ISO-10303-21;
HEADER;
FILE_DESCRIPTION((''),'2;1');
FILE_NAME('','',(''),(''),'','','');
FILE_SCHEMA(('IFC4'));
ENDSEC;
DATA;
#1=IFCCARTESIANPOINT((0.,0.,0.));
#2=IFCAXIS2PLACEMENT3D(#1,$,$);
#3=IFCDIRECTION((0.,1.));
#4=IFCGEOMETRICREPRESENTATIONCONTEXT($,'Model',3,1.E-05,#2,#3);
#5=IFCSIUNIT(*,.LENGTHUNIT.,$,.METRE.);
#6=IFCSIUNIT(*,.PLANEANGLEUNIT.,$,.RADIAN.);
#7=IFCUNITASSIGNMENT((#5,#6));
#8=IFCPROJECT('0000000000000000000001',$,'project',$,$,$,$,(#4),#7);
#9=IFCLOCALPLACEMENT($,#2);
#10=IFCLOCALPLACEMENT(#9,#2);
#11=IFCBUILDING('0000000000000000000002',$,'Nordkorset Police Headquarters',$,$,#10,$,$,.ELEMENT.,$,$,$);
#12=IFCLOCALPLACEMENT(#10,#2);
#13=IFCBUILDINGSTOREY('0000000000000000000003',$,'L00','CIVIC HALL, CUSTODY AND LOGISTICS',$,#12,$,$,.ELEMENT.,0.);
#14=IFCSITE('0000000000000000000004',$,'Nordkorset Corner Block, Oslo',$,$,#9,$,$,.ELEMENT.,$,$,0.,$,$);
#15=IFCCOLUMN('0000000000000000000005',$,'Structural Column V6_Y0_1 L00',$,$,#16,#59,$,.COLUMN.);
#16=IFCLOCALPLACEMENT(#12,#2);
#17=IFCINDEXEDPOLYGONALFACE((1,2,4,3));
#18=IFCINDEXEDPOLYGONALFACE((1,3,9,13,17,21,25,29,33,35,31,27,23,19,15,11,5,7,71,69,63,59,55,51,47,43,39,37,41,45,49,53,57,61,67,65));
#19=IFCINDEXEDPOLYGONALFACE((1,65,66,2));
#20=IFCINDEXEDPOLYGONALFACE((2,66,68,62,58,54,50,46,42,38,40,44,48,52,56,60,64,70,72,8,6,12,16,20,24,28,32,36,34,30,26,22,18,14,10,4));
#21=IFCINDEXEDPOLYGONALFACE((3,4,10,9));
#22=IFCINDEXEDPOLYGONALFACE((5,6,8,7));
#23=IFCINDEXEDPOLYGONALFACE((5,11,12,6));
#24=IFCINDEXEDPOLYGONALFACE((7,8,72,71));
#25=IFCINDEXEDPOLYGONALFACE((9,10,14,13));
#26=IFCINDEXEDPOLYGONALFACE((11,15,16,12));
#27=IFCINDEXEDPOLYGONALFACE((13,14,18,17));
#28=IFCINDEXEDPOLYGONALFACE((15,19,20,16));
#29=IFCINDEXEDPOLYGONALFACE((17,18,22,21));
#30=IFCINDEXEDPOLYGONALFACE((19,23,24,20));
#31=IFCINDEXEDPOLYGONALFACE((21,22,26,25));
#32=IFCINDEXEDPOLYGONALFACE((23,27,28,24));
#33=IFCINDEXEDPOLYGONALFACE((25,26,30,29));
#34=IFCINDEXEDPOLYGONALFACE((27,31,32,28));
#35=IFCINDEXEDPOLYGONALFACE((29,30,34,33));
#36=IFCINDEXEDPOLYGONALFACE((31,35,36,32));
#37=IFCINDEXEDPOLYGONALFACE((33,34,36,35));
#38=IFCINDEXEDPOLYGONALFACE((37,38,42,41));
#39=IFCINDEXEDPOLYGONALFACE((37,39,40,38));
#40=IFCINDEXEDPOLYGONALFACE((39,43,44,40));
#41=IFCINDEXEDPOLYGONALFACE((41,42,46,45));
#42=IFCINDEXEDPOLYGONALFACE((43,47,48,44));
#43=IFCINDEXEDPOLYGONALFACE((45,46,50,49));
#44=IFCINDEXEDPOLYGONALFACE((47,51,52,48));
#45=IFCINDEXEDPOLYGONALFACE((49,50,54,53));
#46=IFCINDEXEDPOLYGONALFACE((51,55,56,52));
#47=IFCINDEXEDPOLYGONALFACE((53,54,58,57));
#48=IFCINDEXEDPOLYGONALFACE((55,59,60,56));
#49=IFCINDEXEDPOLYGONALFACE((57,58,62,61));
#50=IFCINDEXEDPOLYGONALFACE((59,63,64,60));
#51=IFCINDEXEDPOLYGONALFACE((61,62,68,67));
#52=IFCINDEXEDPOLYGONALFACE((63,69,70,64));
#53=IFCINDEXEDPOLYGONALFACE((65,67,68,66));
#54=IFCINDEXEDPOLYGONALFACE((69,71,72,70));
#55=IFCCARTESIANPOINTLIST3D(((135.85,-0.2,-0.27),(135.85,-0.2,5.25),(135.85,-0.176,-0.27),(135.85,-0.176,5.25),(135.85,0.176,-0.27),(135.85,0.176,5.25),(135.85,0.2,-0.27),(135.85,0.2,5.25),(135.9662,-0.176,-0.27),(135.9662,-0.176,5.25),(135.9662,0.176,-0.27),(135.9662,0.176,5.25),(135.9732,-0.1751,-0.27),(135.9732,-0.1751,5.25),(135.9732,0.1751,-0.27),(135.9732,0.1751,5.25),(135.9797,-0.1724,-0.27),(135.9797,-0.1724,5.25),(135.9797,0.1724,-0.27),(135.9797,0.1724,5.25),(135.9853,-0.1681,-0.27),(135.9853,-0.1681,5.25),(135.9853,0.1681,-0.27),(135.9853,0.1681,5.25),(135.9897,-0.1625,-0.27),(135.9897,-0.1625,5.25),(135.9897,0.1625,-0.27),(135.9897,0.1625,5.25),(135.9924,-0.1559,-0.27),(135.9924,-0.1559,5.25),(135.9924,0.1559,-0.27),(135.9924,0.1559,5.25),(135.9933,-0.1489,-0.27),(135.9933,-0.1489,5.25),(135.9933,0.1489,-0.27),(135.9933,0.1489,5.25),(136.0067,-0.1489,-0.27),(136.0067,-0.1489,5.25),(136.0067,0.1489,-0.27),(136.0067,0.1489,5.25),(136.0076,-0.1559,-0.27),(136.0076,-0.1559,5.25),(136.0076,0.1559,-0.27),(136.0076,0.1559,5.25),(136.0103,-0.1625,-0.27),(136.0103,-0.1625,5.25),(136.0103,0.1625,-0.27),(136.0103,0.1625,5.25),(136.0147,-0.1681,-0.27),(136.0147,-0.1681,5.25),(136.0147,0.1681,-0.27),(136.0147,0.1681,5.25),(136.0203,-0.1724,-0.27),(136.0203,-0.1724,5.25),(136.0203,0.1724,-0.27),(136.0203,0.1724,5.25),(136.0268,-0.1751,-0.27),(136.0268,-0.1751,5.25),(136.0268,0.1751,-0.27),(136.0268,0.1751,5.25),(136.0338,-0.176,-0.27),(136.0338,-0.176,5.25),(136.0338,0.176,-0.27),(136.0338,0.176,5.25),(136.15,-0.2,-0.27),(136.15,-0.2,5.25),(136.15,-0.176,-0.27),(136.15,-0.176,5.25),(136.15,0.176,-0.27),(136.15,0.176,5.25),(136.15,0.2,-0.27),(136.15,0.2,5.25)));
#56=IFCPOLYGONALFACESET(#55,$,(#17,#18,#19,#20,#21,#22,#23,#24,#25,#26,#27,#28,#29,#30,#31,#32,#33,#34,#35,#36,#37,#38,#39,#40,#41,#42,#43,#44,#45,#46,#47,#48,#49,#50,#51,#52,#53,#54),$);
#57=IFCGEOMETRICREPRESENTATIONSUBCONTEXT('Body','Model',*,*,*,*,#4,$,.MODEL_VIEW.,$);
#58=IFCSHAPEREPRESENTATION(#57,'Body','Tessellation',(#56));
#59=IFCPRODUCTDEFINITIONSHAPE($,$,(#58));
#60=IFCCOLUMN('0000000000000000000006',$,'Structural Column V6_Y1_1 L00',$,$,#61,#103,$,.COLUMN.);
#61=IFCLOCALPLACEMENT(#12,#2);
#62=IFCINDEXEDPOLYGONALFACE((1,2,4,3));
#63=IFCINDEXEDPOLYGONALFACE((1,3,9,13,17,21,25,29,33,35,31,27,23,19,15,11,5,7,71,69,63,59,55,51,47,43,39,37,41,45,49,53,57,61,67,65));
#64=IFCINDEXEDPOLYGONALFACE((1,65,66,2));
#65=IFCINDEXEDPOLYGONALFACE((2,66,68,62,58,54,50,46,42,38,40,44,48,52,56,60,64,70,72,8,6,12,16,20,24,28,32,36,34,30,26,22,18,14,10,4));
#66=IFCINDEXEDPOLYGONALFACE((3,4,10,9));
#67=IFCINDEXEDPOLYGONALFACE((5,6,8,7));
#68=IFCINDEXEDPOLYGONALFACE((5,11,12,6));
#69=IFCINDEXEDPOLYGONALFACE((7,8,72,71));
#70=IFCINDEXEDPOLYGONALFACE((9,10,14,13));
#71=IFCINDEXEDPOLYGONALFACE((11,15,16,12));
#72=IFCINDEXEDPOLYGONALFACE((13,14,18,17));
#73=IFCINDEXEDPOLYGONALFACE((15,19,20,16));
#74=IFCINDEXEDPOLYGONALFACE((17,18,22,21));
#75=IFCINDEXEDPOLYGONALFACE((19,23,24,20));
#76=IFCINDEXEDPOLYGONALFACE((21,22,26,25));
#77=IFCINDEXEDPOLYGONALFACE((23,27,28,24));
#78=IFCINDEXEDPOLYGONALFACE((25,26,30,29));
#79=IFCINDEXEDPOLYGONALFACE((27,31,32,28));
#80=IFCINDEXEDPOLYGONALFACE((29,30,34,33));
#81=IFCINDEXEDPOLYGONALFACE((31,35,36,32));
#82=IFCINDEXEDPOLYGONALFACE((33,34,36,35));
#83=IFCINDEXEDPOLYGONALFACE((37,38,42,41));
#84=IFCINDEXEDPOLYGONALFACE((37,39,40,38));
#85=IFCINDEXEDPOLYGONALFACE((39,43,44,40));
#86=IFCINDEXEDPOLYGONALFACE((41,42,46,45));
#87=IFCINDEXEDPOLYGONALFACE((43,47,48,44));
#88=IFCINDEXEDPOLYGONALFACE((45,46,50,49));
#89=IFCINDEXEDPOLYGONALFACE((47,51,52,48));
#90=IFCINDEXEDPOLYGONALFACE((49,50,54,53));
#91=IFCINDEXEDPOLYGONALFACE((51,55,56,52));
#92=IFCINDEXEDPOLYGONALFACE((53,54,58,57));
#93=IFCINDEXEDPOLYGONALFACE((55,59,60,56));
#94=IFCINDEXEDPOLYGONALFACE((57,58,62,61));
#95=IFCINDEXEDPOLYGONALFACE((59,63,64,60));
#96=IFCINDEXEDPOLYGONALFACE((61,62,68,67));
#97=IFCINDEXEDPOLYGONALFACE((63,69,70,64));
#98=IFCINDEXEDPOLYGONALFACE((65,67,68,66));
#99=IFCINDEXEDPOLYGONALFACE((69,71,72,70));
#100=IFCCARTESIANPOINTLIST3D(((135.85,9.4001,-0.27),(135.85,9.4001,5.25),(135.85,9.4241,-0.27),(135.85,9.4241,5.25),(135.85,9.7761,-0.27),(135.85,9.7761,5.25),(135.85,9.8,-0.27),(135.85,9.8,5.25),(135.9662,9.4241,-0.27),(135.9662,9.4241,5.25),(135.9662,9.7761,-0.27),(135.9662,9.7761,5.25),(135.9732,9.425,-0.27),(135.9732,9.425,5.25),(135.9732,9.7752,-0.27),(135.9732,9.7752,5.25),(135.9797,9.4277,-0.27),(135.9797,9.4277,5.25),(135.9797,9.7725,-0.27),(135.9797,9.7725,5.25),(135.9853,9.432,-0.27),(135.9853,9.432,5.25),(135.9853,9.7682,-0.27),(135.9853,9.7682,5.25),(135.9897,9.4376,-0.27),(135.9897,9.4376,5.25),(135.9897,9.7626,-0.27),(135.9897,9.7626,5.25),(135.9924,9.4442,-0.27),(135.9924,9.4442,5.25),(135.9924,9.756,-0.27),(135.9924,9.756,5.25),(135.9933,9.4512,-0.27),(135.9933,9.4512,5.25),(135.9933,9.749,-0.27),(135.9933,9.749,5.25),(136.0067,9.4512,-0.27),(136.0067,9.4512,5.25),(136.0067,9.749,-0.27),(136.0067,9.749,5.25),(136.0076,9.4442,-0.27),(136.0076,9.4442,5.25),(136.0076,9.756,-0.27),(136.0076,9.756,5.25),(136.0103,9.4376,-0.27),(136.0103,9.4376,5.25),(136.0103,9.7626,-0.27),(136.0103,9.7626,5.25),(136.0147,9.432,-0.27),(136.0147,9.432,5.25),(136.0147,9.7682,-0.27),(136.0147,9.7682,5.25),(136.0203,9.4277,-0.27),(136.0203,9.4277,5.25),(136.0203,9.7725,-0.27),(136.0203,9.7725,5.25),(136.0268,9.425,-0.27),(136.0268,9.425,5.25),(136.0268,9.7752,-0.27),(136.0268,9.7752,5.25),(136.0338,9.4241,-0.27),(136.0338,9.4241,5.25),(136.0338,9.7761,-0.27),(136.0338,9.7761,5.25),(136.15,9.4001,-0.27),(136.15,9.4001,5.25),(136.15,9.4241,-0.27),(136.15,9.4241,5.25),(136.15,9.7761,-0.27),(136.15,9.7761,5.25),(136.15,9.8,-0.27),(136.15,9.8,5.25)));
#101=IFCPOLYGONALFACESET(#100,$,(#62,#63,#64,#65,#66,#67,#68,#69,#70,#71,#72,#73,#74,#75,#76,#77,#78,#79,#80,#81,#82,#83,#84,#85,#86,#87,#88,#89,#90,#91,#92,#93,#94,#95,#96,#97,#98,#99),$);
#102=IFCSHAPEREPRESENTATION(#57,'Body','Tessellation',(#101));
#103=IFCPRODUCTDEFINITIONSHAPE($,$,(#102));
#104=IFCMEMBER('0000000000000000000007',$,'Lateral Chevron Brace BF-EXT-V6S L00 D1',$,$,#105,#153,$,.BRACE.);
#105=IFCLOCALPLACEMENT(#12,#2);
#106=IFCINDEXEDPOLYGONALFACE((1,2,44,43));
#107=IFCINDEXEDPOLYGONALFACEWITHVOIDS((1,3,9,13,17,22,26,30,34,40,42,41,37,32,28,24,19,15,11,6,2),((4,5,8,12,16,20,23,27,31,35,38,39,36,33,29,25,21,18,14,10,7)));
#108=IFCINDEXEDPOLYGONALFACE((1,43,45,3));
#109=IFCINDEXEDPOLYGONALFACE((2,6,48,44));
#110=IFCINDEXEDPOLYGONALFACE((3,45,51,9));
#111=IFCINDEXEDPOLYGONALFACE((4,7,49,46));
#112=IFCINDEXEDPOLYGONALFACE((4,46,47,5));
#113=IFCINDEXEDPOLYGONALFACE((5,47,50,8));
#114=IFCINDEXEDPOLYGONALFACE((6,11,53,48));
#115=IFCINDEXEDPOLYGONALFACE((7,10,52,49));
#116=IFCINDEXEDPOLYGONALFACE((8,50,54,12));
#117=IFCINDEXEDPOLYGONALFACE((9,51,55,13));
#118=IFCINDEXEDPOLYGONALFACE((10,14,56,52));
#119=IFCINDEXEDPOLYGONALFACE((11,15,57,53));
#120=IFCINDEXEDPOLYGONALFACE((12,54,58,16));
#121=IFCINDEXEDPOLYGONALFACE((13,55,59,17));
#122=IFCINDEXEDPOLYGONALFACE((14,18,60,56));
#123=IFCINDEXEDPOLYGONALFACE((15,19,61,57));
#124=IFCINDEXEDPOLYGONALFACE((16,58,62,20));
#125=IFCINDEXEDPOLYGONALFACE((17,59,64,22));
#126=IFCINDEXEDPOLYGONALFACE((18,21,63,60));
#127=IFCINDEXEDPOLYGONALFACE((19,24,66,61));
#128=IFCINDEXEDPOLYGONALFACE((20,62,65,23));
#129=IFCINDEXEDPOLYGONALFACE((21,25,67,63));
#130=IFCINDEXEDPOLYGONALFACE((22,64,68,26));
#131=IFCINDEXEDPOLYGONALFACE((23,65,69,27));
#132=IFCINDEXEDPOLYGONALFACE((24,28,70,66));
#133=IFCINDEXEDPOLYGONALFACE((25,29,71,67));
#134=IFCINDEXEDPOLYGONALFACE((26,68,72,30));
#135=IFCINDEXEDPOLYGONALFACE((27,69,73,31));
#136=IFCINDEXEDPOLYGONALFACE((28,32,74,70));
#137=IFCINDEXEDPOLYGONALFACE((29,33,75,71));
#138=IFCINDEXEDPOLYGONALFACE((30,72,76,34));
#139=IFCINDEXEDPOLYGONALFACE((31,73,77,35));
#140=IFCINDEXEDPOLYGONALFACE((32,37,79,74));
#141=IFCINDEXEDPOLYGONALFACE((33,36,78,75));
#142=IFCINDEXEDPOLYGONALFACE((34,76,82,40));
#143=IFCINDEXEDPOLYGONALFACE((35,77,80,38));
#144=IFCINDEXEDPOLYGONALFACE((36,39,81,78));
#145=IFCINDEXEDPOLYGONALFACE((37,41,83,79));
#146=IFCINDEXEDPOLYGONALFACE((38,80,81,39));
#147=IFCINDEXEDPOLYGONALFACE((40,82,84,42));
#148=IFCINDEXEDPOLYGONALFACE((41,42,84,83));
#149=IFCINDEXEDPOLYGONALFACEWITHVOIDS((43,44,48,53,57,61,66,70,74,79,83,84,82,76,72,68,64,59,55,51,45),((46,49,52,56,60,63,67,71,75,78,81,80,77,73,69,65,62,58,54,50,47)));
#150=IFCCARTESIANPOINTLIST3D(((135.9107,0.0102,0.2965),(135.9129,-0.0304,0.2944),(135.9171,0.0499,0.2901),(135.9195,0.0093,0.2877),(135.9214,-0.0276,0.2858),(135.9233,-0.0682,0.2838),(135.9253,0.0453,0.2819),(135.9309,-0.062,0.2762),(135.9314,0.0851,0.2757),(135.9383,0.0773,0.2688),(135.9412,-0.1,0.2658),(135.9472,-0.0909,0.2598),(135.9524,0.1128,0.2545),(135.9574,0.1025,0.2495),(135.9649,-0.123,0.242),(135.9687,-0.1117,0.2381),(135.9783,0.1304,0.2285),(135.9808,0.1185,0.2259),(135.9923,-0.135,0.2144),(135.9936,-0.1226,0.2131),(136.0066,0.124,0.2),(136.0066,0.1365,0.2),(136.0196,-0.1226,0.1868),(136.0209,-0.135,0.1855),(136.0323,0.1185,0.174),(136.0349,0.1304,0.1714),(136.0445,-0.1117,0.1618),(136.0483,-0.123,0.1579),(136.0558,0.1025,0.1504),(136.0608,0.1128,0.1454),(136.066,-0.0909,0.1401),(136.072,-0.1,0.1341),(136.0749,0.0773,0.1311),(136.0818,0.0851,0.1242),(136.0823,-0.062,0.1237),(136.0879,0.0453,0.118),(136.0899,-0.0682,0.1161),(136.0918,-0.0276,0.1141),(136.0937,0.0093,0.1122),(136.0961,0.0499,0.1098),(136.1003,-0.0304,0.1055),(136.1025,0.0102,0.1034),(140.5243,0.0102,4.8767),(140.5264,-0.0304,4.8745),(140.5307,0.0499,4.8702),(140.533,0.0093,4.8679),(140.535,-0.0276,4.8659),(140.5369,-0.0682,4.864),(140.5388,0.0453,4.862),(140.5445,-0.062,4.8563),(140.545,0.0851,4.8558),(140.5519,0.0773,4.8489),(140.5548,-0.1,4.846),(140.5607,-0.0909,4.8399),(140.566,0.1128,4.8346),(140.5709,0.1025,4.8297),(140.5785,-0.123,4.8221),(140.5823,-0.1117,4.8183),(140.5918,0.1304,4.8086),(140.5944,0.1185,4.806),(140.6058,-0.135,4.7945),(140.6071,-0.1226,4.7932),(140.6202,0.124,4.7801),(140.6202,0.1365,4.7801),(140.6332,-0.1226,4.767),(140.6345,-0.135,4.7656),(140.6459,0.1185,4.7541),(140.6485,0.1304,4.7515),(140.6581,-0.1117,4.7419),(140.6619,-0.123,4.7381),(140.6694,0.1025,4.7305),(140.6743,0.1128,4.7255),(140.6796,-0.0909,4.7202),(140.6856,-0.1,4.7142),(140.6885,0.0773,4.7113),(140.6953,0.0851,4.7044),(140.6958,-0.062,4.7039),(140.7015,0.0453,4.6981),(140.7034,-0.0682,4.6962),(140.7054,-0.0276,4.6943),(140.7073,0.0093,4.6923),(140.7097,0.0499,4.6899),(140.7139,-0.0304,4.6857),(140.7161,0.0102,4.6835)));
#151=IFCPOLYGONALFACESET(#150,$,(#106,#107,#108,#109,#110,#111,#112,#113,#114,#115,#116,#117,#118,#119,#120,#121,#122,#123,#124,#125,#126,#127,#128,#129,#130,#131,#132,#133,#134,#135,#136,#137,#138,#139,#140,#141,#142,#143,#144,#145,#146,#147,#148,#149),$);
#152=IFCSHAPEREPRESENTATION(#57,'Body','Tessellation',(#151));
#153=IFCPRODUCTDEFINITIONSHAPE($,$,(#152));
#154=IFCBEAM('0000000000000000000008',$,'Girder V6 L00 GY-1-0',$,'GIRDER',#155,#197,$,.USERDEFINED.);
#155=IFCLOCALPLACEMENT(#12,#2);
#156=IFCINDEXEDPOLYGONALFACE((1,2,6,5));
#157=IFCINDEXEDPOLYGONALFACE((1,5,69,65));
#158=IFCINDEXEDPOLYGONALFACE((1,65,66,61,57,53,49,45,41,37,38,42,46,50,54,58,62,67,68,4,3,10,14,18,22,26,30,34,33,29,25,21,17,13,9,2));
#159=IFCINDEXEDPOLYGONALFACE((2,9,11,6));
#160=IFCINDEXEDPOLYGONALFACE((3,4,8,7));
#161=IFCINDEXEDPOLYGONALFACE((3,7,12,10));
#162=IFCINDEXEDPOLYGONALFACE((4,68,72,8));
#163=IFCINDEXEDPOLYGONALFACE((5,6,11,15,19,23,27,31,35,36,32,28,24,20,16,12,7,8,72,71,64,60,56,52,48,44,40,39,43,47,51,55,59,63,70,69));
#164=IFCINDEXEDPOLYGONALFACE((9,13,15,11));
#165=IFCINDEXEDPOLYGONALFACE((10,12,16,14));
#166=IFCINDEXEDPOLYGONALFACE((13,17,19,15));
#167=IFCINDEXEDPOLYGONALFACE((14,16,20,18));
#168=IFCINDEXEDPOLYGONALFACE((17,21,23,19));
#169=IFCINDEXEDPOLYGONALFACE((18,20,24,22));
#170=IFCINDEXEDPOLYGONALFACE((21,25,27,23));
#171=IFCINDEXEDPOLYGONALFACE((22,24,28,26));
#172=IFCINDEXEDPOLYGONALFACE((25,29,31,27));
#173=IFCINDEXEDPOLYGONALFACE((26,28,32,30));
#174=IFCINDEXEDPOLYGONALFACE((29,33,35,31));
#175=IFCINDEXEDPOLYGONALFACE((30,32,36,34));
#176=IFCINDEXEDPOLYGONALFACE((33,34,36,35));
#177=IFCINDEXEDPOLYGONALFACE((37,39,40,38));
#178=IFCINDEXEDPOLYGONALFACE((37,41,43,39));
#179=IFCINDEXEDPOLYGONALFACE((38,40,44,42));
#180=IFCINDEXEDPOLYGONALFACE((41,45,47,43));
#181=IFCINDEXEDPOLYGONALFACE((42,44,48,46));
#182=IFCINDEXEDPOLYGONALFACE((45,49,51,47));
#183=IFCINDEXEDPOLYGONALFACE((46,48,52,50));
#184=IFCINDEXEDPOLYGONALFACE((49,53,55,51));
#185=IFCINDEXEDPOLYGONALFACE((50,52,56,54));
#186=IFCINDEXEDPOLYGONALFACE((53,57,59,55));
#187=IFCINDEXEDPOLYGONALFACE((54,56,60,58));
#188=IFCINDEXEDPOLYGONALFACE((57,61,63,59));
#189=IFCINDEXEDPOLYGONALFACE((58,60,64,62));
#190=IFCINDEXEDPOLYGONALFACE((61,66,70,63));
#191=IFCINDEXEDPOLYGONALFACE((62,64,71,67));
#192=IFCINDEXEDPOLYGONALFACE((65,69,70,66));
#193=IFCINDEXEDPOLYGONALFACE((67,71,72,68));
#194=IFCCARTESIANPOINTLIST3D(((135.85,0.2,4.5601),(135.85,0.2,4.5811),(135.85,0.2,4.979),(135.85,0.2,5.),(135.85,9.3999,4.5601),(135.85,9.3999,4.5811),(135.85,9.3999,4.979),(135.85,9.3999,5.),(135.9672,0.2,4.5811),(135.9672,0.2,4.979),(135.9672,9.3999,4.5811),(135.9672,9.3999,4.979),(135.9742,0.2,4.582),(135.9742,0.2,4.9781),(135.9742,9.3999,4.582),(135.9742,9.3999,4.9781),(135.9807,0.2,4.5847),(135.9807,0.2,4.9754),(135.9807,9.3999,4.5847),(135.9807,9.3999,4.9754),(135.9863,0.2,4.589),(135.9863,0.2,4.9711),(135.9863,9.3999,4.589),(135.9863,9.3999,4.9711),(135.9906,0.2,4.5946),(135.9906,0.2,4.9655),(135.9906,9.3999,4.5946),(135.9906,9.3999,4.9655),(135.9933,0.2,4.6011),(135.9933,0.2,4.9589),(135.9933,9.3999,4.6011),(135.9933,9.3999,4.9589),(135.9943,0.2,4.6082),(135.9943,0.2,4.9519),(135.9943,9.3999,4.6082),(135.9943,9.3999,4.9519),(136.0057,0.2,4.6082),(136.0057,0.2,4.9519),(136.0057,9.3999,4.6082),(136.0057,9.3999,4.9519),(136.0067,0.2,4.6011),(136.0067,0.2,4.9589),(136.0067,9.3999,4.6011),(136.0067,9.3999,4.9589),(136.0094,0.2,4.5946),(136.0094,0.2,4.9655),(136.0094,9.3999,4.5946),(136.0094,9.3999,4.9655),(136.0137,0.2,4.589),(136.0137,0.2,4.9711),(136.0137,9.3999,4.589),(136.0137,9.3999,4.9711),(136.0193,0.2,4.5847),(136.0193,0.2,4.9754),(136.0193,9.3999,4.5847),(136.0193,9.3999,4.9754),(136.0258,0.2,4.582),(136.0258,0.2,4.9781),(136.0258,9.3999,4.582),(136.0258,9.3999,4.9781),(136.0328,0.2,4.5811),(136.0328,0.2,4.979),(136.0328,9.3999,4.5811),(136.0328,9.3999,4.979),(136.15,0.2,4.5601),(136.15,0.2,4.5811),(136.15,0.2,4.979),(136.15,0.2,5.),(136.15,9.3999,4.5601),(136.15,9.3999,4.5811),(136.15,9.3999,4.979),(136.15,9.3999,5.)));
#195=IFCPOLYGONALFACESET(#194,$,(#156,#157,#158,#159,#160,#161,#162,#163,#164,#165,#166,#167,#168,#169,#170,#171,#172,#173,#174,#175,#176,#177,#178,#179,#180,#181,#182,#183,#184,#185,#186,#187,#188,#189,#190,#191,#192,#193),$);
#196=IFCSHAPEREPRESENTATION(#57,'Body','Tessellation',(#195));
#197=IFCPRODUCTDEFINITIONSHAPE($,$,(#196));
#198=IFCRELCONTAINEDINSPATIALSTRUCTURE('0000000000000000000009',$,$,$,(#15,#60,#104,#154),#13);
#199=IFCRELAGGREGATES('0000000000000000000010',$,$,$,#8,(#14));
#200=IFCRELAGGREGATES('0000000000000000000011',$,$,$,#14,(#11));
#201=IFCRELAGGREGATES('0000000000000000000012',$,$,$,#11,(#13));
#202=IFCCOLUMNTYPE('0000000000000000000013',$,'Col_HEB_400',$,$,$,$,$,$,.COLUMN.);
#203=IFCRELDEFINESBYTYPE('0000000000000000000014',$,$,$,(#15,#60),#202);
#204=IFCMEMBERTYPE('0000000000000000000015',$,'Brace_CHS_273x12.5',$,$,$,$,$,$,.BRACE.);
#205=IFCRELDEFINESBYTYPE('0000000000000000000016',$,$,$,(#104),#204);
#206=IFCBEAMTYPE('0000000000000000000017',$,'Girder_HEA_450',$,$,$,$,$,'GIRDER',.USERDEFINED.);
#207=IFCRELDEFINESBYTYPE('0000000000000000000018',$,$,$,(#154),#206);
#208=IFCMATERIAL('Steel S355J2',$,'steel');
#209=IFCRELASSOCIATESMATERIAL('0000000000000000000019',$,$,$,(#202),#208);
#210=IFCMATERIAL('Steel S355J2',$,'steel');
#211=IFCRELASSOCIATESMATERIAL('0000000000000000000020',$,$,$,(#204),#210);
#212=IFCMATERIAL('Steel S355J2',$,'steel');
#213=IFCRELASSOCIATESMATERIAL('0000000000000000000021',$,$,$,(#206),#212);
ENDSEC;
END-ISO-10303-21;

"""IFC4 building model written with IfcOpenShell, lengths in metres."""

from ifc_helpers import new_model, si_unit, direction, frame, origin, origin_2d, place, context, subcontext, project, spatial, hollow_circle, i_section, extrude, material, material_profile, profile_set, type_object, element, save


model = new_model("IFC4")

# Units and contexts
model_context = context("Model", 3, precision=1e-05, world=origin(), true_north=direction((0.0, 1.0)))
body_context = subcontext(model_context, "Body", "Model", "MODEL_VIEW")
ifc_project = project(units=[si_unit("LENGTHUNIT", "METRE"), si_unit("PLANEANGLEUNIT", "RADIAN")], contexts=[model_context])

# Site, building, storey
site_placement = place(None, origin())
site = spatial("IfcSite", under=ifc_project, at=site_placement, Name="Nordkorset Corner Block, Oslo", CompositionType="ELEMENT", RefElevation=0.0)
building_placement = place(site_placement, origin())
building = spatial("IfcBuilding", under=site, at=building_placement, Name="Nordkorset Police Headquarters", CompositionType="ELEMENT")
storey_placement = place(building_placement, origin())
storey = spatial("IfcBuildingStorey", under=building, at=storey_placement, Name="L00", Description="CIVIC HALL, CUSTODY AND LOGISTICS", CompositionType="ELEMENT", Elevation=0.0)

# Columns
ifc_material_1 = material(Name="Steel S355J2", Category="steel")
ifc_material_profile_1 = material_profile(ifc_material_1, i_section(OverallWidth=0.3, OverallDepth=0.3999, WebThickness=0.0134, FlangeThickness=0.0239, FilletRadius=0.0271, at=origin_2d()), Name="HEB 400")
ifc_profile_set_1 = profile_set([ifc_material_profile_1], Name="Steel S355J2")
column_type = type_object("IfcColumnType", Name="Col_HEB_400", PredefinedType="COLUMN", material=ifc_profile_set_1)
for number, where, z_axis, x_axis, name in (
    (1, (136.0, 0.0, -0.27), (0.0, 0.0, 1.0), (1.0, 0.0, 0.0), "Structural Column V6_Y0_1 L00"),
    (2, (136.0, 9.6001, -0.27), (0.0, 0.0, 1.0), (1.0, 0.0, 0.0), "Structural Column V6_Y1_1 L00"),
):
    element("IfcColumn", number, at=place(storey_placement, frame(where, z_axis=z_axis, x_axis=x_axis)), inside=storey, type_object=column_type, Name=name, PredefinedType="COLUMN", context=body_context, shape_type="SweptSolid", body=[
        extrude(i_section(OverallWidth=0.3, OverallDepth=0.3999, WebThickness=0.0134, FlangeThickness=0.0239, FilletRadius=0.0271, at=origin_2d()), origin(), (0.0, 0.0, 1.0), 5.52),
    ])

# Member
ifc_material_2 = material(Name="Steel S355J2", Category="steel")
ifc_material_profile_2 = material_profile(ifc_material_2, hollow_circle(Radius=0.1365, WallThickness=0.0125, at=origin_2d()), Name="CHS 273x12.5")
ifc_profile_set_2 = profile_set([ifc_material_profile_2], Name="Steel S355J2")
member_type = type_object("IfcMemberType", Name="Brace_CHS_273x12.5", PredefinedType="BRACE", material=ifc_profile_set_2)
member_placement = place(storey_placement, frame((136.0066, 0.0, 0.2), z_axis=(0.709675, 0.0, 0.70453), x_axis=(0.0, 1.0, 0.0)))
element("IfcMember", 3, at=member_placement, inside=storey, type_object=member_type, Name="Lateral Chevron Brace BF-EXT-V6S L00 D1", PredefinedType="BRACE", context=body_context, shape_type="SweptSolid", body=[
    extrude(hollow_circle(Radius=0.1365, WallThickness=0.0125, at=origin_2d()), origin(), (0.0, 0.0, 1.0), 6.501),
])

# Beam
ifc_material_3 = material(Name="Steel S355J2", Category="steel")
ifc_material_profile_3 = material_profile(ifc_material_3, i_section(OverallWidth=0.3, OverallDepth=0.4399, WebThickness=0.0115, FlangeThickness=0.021, FilletRadius=0.0271, at=origin_2d()), Name="HEA 450")
ifc_profile_set_3 = profile_set([ifc_material_profile_3], Name="Steel S355J2")
beam_type_1 = type_object("IfcBeamType", Name="Girder_HEA_450", ElementType="GIRDER", PredefinedType="USERDEFINED", material=ifc_profile_set_3)
beam_1_placement = place(storey_placement, frame((136.0, 0.2, 4.78), z_axis=(0.0, 1.0, 0.0), x_axis=(-1.0, 0.0, 0.0)))
element("IfcBeam", 4, at=beam_1_placement, inside=storey, type_object=beam_type_1, Name="Girder V6 L00 GY-1-0", ObjectType="GIRDER", PredefinedType="USERDEFINED", context=body_context, shape_type="SweptSolid", body=[
    extrude(i_section(OverallWidth=0.3, OverallDepth=0.4399, WebThickness=0.0115, FlangeThickness=0.021, FilletRadius=0.0271, at=origin_2d()), origin(), (0.0, 0.0, 1.0), 9.2),
])

save(model, "model.ifc")
